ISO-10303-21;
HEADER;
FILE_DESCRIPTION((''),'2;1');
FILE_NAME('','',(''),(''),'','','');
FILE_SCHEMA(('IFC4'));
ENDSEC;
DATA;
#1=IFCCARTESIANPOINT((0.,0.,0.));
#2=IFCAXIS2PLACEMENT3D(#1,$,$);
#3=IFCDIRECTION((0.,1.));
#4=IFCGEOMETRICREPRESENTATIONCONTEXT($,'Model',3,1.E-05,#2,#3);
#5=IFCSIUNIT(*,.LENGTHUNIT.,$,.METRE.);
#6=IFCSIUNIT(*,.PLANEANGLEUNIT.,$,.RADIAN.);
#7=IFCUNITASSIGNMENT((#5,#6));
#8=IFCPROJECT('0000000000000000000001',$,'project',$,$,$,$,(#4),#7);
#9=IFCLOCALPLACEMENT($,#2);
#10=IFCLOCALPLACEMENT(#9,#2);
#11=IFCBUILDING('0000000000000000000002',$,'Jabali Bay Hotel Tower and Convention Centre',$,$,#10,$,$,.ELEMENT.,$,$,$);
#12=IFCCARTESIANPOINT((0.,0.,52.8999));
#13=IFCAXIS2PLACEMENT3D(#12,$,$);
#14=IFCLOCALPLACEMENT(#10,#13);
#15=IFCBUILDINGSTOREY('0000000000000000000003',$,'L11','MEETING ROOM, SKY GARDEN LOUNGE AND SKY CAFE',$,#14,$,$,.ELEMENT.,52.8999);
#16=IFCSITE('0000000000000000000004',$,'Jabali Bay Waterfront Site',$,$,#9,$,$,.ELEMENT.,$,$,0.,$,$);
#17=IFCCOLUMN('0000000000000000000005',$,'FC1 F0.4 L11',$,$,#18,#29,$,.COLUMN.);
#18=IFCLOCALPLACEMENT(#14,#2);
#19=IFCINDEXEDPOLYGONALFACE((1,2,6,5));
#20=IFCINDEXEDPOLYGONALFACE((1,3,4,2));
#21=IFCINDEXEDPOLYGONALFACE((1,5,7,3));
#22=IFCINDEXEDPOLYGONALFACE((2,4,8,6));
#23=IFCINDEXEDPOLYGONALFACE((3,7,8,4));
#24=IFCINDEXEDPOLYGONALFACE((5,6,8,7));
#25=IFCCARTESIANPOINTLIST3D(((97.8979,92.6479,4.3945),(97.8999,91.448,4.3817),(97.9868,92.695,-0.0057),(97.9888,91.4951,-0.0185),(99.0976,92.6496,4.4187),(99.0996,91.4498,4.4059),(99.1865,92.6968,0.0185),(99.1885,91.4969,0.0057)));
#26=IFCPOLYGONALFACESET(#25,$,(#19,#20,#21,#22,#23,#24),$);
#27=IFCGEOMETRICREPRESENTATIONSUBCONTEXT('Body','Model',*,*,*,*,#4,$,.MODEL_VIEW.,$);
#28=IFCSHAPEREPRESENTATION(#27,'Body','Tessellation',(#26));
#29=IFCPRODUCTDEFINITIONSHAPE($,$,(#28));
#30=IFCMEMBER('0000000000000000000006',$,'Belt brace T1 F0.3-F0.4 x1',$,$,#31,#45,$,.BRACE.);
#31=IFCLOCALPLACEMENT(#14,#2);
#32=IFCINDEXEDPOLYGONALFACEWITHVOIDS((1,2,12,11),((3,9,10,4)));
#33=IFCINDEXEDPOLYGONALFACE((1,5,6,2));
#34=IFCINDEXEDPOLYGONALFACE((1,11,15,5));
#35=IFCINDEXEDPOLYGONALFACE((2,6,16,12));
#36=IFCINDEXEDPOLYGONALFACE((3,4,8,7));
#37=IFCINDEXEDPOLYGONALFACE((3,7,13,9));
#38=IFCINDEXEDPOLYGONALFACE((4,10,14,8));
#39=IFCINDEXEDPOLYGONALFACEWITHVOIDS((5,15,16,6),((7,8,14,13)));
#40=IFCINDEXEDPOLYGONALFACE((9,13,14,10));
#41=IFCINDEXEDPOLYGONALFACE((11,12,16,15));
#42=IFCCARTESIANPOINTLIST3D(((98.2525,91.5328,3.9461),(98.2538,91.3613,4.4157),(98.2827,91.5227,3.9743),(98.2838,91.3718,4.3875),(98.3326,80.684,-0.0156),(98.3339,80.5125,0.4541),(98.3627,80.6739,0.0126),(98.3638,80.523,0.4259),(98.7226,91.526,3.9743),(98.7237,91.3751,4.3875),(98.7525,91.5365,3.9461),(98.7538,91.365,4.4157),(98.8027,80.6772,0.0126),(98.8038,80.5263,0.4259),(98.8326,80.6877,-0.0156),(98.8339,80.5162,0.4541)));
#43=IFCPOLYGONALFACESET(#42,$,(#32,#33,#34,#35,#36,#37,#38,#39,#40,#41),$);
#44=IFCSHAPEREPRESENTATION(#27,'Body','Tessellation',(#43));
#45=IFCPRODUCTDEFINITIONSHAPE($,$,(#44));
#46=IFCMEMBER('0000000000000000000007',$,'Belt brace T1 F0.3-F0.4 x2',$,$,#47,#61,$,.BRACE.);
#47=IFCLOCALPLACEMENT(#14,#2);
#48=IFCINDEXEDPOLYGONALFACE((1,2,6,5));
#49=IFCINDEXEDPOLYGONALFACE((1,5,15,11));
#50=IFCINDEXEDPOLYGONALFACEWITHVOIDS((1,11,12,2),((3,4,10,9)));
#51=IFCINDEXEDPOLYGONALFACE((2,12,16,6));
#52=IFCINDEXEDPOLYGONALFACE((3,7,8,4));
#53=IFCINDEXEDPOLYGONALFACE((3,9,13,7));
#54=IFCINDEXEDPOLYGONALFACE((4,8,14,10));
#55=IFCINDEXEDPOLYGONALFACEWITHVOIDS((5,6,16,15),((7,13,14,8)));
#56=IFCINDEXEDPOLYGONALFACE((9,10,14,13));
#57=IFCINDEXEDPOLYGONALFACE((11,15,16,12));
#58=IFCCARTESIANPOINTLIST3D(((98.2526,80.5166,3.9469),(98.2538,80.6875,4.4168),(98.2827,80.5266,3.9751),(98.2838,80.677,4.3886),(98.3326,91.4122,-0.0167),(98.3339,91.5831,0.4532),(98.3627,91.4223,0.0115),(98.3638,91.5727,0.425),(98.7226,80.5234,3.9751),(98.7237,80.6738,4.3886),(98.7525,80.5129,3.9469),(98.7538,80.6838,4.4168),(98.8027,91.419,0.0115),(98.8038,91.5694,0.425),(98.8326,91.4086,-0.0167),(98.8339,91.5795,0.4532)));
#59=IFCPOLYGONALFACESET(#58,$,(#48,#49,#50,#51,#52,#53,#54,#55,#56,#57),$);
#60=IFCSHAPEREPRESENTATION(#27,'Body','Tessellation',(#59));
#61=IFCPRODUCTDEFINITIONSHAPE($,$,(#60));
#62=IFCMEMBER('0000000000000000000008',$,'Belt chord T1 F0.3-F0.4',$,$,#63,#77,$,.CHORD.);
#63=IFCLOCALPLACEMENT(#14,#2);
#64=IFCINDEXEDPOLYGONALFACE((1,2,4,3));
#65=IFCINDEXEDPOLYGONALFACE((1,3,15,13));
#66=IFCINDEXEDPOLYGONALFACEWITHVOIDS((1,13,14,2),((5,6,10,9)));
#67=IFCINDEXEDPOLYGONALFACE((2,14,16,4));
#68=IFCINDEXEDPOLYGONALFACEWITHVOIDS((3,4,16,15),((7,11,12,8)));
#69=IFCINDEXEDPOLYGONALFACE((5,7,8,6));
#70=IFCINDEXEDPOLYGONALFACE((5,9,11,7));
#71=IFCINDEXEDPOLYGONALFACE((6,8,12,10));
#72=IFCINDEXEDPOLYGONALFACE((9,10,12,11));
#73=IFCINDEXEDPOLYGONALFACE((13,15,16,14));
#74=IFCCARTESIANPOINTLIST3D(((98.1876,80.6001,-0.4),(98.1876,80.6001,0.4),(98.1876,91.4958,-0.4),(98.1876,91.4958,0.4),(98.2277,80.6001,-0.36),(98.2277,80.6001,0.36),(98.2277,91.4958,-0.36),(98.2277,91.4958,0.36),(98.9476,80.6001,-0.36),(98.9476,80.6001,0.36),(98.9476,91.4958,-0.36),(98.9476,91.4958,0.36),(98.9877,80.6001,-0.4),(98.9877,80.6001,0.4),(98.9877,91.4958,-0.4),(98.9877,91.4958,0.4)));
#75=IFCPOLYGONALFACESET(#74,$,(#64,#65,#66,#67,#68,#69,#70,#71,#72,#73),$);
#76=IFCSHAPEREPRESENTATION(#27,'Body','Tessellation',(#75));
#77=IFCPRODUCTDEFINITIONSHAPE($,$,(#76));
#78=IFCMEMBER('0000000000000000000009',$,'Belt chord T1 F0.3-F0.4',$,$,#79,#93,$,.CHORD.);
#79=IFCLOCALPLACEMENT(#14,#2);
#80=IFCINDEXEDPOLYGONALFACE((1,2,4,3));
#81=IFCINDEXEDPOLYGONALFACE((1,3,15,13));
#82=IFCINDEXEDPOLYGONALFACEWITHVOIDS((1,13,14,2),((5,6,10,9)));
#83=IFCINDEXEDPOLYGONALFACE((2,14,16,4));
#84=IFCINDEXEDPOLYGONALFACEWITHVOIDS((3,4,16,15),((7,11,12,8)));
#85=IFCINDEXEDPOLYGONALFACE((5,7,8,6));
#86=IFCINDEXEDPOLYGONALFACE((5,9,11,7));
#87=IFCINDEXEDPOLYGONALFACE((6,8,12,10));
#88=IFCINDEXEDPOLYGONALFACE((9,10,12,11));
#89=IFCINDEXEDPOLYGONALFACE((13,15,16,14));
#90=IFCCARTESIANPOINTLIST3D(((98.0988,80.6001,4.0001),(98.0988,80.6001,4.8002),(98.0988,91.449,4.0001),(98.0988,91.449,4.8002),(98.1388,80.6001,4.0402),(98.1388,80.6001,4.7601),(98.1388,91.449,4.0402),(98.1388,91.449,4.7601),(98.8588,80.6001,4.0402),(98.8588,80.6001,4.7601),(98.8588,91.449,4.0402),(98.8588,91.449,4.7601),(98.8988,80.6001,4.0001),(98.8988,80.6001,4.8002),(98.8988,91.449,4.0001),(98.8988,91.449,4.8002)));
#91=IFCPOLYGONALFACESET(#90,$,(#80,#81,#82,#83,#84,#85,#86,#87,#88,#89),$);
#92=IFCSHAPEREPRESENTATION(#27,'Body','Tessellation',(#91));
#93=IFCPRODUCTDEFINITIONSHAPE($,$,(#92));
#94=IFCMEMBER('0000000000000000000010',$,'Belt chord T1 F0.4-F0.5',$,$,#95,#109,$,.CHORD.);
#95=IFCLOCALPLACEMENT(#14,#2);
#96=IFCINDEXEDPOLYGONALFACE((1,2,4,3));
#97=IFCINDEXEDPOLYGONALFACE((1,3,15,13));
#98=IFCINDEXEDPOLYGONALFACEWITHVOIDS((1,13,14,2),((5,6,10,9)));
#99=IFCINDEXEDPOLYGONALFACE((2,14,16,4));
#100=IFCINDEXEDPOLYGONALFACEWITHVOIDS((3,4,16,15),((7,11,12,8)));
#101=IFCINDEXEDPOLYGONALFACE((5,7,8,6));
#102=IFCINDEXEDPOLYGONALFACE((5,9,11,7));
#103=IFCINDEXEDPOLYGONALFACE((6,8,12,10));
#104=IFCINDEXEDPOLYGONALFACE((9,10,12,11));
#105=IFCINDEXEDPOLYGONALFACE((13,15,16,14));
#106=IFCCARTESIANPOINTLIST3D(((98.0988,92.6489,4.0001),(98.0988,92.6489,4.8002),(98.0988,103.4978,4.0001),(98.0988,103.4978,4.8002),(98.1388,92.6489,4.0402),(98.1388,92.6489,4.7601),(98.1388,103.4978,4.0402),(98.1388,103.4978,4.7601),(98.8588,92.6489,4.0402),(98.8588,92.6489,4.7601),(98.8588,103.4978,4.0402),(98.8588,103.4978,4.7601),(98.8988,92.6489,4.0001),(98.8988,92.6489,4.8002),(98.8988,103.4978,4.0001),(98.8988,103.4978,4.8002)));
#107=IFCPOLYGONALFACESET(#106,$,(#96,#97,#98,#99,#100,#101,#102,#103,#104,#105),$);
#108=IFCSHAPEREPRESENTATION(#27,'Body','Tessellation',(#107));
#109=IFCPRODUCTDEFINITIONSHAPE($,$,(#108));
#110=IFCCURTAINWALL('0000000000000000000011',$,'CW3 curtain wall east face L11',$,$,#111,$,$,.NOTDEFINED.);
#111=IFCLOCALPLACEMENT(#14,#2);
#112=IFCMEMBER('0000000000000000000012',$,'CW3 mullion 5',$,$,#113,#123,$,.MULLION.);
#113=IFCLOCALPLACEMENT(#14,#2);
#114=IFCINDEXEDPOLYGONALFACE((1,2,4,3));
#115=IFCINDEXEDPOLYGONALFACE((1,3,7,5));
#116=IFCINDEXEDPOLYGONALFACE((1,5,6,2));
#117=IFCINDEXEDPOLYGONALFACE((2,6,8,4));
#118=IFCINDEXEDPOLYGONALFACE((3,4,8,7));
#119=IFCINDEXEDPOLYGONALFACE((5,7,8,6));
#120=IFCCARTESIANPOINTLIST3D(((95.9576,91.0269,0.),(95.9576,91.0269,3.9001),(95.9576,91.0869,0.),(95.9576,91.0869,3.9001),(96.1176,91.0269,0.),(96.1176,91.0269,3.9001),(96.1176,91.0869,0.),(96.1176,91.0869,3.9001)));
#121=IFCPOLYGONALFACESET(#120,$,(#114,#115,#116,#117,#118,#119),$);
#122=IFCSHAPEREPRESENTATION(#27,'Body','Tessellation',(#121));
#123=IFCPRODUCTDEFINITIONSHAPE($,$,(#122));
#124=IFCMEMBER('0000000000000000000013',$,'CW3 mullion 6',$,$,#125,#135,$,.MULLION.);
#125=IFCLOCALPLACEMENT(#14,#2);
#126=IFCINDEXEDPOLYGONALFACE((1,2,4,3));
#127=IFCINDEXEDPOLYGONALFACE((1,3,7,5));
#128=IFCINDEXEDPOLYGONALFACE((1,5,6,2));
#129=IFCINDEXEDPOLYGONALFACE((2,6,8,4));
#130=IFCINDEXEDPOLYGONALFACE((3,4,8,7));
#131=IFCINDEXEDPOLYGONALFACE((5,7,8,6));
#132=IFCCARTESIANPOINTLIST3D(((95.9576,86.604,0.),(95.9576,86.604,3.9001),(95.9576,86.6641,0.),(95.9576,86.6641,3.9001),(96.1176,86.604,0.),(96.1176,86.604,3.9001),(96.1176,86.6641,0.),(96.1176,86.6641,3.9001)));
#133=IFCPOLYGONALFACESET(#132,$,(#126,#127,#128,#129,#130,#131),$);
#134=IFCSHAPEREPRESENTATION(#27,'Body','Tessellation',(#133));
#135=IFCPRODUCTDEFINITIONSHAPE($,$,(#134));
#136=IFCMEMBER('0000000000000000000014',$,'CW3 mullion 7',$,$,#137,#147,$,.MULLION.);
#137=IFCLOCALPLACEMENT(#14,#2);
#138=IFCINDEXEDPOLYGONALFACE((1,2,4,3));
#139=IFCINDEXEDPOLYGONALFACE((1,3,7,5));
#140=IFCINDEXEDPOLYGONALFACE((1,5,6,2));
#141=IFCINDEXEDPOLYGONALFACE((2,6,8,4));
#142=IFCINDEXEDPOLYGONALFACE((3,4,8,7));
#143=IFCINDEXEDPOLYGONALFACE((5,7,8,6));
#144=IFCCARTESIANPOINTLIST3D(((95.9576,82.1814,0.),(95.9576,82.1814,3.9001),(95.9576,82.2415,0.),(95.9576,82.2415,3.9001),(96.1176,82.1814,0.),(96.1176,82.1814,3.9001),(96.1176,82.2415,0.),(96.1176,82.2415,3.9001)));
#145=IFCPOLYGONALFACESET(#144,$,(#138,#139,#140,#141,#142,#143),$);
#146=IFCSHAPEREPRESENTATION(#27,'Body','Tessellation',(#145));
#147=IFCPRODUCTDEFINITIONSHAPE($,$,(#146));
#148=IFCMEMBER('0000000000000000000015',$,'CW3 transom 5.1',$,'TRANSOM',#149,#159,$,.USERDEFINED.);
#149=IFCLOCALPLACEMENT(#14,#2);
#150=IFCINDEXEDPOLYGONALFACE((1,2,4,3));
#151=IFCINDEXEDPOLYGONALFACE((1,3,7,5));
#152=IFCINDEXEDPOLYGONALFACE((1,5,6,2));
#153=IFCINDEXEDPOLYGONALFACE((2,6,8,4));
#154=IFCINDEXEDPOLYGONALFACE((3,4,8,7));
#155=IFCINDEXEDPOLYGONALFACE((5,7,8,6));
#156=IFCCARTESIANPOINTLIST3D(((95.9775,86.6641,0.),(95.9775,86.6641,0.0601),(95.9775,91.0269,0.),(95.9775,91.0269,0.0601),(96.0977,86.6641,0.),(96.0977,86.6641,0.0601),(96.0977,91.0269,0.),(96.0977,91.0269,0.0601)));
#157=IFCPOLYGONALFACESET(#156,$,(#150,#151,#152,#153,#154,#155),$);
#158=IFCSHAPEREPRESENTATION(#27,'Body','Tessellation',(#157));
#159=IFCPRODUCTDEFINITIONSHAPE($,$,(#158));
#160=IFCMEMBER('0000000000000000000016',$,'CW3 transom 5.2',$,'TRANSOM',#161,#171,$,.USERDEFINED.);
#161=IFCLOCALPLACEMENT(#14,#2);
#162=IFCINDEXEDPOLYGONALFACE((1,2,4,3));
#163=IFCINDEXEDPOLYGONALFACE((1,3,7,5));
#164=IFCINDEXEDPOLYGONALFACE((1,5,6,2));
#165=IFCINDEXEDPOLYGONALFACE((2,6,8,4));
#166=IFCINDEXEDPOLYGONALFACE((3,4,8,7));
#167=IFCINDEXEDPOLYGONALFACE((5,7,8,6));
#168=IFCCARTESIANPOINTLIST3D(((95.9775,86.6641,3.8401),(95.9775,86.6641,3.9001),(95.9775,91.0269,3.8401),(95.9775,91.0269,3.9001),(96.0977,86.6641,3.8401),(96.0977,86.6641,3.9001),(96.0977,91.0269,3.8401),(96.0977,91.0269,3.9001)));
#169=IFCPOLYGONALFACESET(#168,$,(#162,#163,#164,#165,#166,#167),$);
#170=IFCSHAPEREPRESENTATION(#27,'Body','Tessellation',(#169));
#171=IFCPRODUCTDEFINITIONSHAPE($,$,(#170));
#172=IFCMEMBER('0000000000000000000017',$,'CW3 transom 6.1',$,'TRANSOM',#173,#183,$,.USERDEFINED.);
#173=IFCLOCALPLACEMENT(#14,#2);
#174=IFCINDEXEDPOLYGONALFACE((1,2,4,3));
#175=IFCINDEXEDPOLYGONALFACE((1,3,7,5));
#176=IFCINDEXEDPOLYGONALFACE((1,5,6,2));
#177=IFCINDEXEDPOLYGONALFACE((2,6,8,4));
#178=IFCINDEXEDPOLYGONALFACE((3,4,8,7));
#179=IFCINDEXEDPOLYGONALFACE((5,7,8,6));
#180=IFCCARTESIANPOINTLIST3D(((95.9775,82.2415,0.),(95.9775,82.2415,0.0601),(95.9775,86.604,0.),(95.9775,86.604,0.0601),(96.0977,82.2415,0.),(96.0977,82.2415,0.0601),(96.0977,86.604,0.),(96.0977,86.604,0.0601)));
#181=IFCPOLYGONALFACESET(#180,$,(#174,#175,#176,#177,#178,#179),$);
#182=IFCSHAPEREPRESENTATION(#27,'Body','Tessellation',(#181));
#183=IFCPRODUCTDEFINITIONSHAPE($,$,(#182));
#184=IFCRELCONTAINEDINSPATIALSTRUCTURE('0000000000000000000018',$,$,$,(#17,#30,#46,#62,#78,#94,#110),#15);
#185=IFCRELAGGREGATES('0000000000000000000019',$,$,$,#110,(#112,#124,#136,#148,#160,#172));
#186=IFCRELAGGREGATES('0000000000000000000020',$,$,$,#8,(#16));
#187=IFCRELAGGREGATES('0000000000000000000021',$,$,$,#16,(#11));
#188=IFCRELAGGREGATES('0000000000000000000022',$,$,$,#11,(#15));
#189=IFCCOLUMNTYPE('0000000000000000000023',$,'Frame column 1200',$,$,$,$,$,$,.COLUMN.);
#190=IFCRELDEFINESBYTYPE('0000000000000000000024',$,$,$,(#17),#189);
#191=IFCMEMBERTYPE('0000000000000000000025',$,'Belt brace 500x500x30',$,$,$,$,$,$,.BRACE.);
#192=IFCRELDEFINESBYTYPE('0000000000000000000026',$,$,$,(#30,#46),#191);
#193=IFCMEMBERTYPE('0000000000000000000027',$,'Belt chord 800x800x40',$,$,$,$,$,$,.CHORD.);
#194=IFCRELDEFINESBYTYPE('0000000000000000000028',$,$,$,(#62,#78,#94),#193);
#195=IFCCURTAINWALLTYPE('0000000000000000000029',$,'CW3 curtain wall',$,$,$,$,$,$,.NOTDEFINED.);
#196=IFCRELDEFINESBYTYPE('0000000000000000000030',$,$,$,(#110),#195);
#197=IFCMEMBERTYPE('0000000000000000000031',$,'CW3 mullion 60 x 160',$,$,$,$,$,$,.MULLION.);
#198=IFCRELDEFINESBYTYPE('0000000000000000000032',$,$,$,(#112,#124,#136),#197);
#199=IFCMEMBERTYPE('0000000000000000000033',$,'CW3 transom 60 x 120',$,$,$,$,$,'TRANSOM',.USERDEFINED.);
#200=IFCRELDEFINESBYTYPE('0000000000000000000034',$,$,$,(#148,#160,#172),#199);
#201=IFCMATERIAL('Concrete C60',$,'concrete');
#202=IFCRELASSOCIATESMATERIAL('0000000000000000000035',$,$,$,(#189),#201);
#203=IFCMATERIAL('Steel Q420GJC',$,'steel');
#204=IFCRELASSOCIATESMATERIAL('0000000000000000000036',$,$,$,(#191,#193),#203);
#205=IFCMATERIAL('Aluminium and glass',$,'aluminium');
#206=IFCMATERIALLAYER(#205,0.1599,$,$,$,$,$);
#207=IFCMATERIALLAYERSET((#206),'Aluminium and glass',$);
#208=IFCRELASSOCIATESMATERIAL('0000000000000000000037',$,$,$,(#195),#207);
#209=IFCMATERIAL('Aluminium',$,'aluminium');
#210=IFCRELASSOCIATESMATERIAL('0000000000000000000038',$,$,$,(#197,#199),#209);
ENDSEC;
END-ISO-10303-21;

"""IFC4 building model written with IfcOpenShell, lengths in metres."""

from ifc_helpers import new_model, si_unit, direction, frame, origin, origin_2d, place, context, subcontext, project, spatial, rectangle, hollow_rectangle, extrude, material, layer, layer_set, material_profile, profile_set, type_object, element, aggregate, save


model = new_model("IFC4")

# Units and contexts
model_context = context("Model", 3, precision=1e-05, world=origin(), true_north=direction((0.0, 1.0)))
body_context = subcontext(model_context, "Body", "Model", "MODEL_VIEW")
ifc_project = project(units=[si_unit("LENGTHUNIT", "METRE"), si_unit("PLANEANGLEUNIT", "RADIAN")], contexts=[model_context])

# Site, building, storey
site_placement = place(None, origin())
site = spatial("IfcSite", under=ifc_project, at=site_placement, Name="Jabali Bay Waterfront Site", CompositionType="ELEMENT", RefElevation=0.0)
building_placement = place(site_placement, origin())
building = spatial("IfcBuilding", under=site, at=building_placement, Name="Jabali Bay Hotel Tower and Convention Centre", CompositionType="ELEMENT")
storey_placement = place(building_placement, frame((0.0, 0.0, 52.8999)))
storey = spatial("IfcBuildingStorey", under=building, at=storey_placement, Name="L11", Description="MEETING ROOM, SKY GARDEN LOUNGE AND SKY CAFE", CompositionType="ELEMENT", Elevation=52.8999)

# Column
ifc_material_1 = material(Name="Concrete C60", Category="concrete")
ifc_material_profile_1 = material_profile(ifc_material_1, rectangle(XDim=1.2, YDim=1.2, at=origin_2d()), Name="Frame column 1200")
ifc_profile_set_1 = profile_set([ifc_material_profile_1], Name="Concrete C60")
column_type = type_object("IfcColumnType", Name="Frame column 1200", PredefinedType="COLUMN", material=ifc_profile_set_1)
column_placement = place(storey_placement, frame((98.5876, 92.0959, 0.0), z_axis=(-0.020191, -0.010706, 0.999739), x_axis=(0.999795, 0.001439, 0.020208)))
element("IfcColumn", 1, at=column_placement, inside=storey, type_object=column_type, Name="FC1 F0.4 L11", PredefinedType="COLUMN", context=body_context, shape_type="SweptSolid", body=[
    extrude(rectangle(XDim=1.2, YDim=1.2, at=origin_2d()), origin(), (0.0, 0.0, 1.0), 4.4014),
])

# Members
ifc_material_2 = material(Name="Steel Q420GJC", Category="steel")
ifc_material_profile_2 = material_profile(ifc_material_2, hollow_rectangle(XDim=0.5, YDim=0.5, WallThickness=0.03, at=origin_2d()), Name="Belt brace 500x500x30")
ifc_profile_set_2 = profile_set([ifc_material_profile_2], Name="Steel Q420GJC")
member_type_1 = type_object("IfcMemberType", Name="Belt brace 500x500x30", PredefinedType="BRACE", material=ifc_profile_set_2)
member_1_placement = place(storey_placement, frame((98.5833, 80.6001, 0.2192), z_axis=(-0.006933, 0.939308, 0.343006), x_axis=(-0.999973, -0.007381, 0.0)))
element("IfcMember", 2, at=member_1_placement, inside=storey, type_object=member_type_1, Name="Belt brace T1 F0.3-F0.4 x1", PredefinedType="BRACE", context=body_context, shape_type="SweptSolid", body=[
    extrude(hollow_rectangle(XDim=0.5, YDim=0.5, WallThickness=0.03, at=origin_2d()), origin(), (0.0, 0.0, 1.0), 11.5498),
])
member_2_placement = place(storey_placement, frame((98.5833, 91.4958, 0.2183), z_axis=(-0.006907, -0.939729, 0.341852), x_axis=(0.999973, -0.007349, 0.0)))
element("IfcMember", 3, at=member_2_placement, inside=storey, type_object=member_type_1, Name="Belt brace T1 F0.3-F0.4 x2", PredefinedType="BRACE", context=body_context, shape_type="SweptSolid", body=[
    extrude(hollow_rectangle(XDim=0.5, YDim=0.5, WallThickness=0.03, at=origin_2d()), origin(), (0.0, 0.0, 1.0), 11.5945),
])
ifc_material_profile_3 = material_profile(ifc_material_2, hollow_rectangle(XDim=0.8, YDim=0.8, WallThickness=0.04, at=origin_2d()), Name="Belt chord 800x800x40")
ifc_profile_set_3 = profile_set([ifc_material_profile_3], Name="Steel Q420GJC")
member_type_2 = type_object("IfcMemberType", Name="Belt chord 800x800x40", PredefinedType="CHORD", material=ifc_profile_set_3)
member_3_placement = place(storey_placement, frame((98.5876, 80.6001, 0.0), z_axis=(0.0, 1.0, 0.0), x_axis=(-1.0, 0.0, 0.0)))
element("IfcMember", 4, at=member_3_placement, inside=storey, type_object=member_type_2, Name="Belt chord T1 F0.3-F0.4", PredefinedType="CHORD", context=body_context, shape_type="SweptSolid", body=[
    extrude(hollow_rectangle(XDim=0.8, YDim=0.8, WallThickness=0.04, at=origin_2d()), origin(), (0.0, 0.0, 1.0), 10.8958),
])
for number, where, z_axis, x_axis, name in (
    (5, (98.4988, 80.6001, 4.4001), (0.0, 1.0, 0.0), (-1.0, 0.0, 0.0), "Belt chord T1 F0.3-F0.4"),
    (6, (98.4988, 92.6489, 4.4001), (0.0, 1.0, 0.0), (-1.0, 0.0, 0.0), "Belt chord T1 F0.4-F0.5"),
):
    element("IfcMember", number, at=place(storey_placement, frame(where, z_axis=z_axis, x_axis=x_axis)), inside=storey, type_object=member_type_2, Name=name, PredefinedType="CHORD", context=body_context, shape_type="SweptSolid", body=[
        extrude(hollow_rectangle(XDim=0.8, YDim=0.8, WallThickness=0.04, at=origin_2d()), origin(), (0.0, 0.0, 1.0), 10.8489),
    ])

# Curtain wall, members
ifc_material_3 = material(Name="Aluminium and glass", Category="aluminium")
ifc_layer_1 = layer(ifc_material_3, 0.1599)
ifc_layer_set_1 = layer_set([ifc_layer_1], Name="Aluminium and glass")
curtain_wall_type = type_object("IfcCurtainWallType", Name="CW3 curtain wall", PredefinedType="NOTDEFINED", material=ifc_layer_set_1)
curtain_wall_placement = place(storey_placement, origin())
curtain_wall = element("IfcCurtainWall", 7, at=curtain_wall_placement, inside=storey, type_object=curtain_wall_type, Name="CW3 curtain wall east face L11", PredefinedType="NOTDEFINED")
ifc_material_4 = material(Name="Aluminium", Category="aluminium")
ifc_material_profile_4 = material_profile(ifc_material_4, rectangle(XDim=0.1599, YDim=0.0601, at=origin_2d()), Name="CW3 mullion 60 x 160")
ifc_profile_set_4 = profile_set([ifc_material_profile_4], Name="Aluminium")
member_type_3 = type_object("IfcMemberType", Name="CW3 mullion 60 x 160", PredefinedType="MULLION", material=ifc_profile_set_4)
member_4_placement = place(storey_placement, frame((96.0376, 91.0569, 0.0), z_axis=(0.0, 0.0, 1.0), x_axis=(1.0, 0.0, 0.0)))
member_4 = element("IfcMember", 8, at=member_4_placement, type_object=member_type_3, Name="CW3 mullion 5", PredefinedType="MULLION", context=body_context, shape_type="SweptSolid", body=[
    extrude(rectangle(XDim=0.1599, YDim=0.0601, at=origin_2d()), origin(), (0.0, 0.0, 1.0), 3.9001),
])
member_5_placement = place(storey_placement, frame((96.0376, 86.634, 0.0), z_axis=(0.0, 0.0, 1.0), x_axis=(1.0, 0.0, 0.0)))
member_5 = element("IfcMember", 9, at=member_5_placement, type_object=member_type_3, Name="CW3 mullion 6", PredefinedType="MULLION", context=body_context, shape_type="SweptSolid", body=[
    extrude(rectangle(XDim=0.1599, YDim=0.0601, at=origin_2d()), origin(), (0.0, 0.0, 1.0), 3.9001),
])
member_6_placement = place(storey_placement, frame((96.0376, 82.2114, 0.0), z_axis=(0.0, 0.0, 1.0), x_axis=(1.0, 0.0, 0.0)))
member_6 = element("IfcMember", 10, at=member_6_placement, type_object=member_type_3, Name="CW3 mullion 7", PredefinedType="MULLION", context=body_context, shape_type="SweptSolid", body=[
    extrude(rectangle(XDim=0.1599, YDim=0.0601, at=origin_2d()), origin(), (0.0, 0.0, 1.0), 3.9001),
])
ifc_material_profile_5 = material_profile(ifc_material_4, rectangle(XDim=0.1201, YDim=0.0601, at=origin_2d()), Name="CW3 transom 60 x 120")
ifc_profile_set_5 = profile_set([ifc_material_profile_5], Name="Aluminium")
member_type_4 = type_object("IfcMemberType", Name="CW3 transom 60 x 120", ElementType="TRANSOM", PredefinedType="USERDEFINED", material=ifc_profile_set_5)
member_7_placement = place(storey_placement, frame((96.0376, 91.0269, 0.03), z_axis=(0.0, -1.0, 0.0), x_axis=(1.0, 0.0, 0.0)))
member_7 = element("IfcMember", 11, at=member_7_placement, type_object=member_type_4, Name="CW3 transom 5.1", ObjectType="TRANSOM", PredefinedType="USERDEFINED", context=body_context, shape_type="SweptSolid", body=[
    extrude(rectangle(XDim=0.1201, YDim=0.0601, at=origin_2d()), origin(), (0.0, 0.0, 1.0), 4.3628),
])
member_8_placement = place(storey_placement, frame((96.0376, 91.0269, 3.8701), z_axis=(0.0, -1.0, 0.0), x_axis=(1.0, 0.0, 0.0)))
member_8 = element("IfcMember", 12, at=member_8_placement, type_object=member_type_4, Name="CW3 transom 5.2", ObjectType="TRANSOM", PredefinedType="USERDEFINED", context=body_context, shape_type="SweptSolid", body=[
    extrude(rectangle(XDim=0.1201, YDim=0.0601, at=origin_2d()), origin(), (0.0, 0.0, 1.0), 4.3628),
])
member_9_placement = place(storey_placement, frame((96.0376, 86.604, 0.03), z_axis=(0.0, -1.0, 0.0), x_axis=(1.0, 0.0, 0.0)))
member_9 = element("IfcMember", 13, at=member_9_placement, type_object=member_type_4, Name="CW3 transom 6.1", ObjectType="TRANSOM", PredefinedType="USERDEFINED", context=body_context, shape_type="SweptSolid", body=[
    extrude(rectangle(XDim=0.1201, YDim=0.0601, at=origin_2d()), origin(), (0.0, 0.0, 1.0), 4.3625),
])
aggregate(curtain_wall, [member_4, member_5, member_6, member_7, member_8, member_9])

save(model, "model.ifc")
